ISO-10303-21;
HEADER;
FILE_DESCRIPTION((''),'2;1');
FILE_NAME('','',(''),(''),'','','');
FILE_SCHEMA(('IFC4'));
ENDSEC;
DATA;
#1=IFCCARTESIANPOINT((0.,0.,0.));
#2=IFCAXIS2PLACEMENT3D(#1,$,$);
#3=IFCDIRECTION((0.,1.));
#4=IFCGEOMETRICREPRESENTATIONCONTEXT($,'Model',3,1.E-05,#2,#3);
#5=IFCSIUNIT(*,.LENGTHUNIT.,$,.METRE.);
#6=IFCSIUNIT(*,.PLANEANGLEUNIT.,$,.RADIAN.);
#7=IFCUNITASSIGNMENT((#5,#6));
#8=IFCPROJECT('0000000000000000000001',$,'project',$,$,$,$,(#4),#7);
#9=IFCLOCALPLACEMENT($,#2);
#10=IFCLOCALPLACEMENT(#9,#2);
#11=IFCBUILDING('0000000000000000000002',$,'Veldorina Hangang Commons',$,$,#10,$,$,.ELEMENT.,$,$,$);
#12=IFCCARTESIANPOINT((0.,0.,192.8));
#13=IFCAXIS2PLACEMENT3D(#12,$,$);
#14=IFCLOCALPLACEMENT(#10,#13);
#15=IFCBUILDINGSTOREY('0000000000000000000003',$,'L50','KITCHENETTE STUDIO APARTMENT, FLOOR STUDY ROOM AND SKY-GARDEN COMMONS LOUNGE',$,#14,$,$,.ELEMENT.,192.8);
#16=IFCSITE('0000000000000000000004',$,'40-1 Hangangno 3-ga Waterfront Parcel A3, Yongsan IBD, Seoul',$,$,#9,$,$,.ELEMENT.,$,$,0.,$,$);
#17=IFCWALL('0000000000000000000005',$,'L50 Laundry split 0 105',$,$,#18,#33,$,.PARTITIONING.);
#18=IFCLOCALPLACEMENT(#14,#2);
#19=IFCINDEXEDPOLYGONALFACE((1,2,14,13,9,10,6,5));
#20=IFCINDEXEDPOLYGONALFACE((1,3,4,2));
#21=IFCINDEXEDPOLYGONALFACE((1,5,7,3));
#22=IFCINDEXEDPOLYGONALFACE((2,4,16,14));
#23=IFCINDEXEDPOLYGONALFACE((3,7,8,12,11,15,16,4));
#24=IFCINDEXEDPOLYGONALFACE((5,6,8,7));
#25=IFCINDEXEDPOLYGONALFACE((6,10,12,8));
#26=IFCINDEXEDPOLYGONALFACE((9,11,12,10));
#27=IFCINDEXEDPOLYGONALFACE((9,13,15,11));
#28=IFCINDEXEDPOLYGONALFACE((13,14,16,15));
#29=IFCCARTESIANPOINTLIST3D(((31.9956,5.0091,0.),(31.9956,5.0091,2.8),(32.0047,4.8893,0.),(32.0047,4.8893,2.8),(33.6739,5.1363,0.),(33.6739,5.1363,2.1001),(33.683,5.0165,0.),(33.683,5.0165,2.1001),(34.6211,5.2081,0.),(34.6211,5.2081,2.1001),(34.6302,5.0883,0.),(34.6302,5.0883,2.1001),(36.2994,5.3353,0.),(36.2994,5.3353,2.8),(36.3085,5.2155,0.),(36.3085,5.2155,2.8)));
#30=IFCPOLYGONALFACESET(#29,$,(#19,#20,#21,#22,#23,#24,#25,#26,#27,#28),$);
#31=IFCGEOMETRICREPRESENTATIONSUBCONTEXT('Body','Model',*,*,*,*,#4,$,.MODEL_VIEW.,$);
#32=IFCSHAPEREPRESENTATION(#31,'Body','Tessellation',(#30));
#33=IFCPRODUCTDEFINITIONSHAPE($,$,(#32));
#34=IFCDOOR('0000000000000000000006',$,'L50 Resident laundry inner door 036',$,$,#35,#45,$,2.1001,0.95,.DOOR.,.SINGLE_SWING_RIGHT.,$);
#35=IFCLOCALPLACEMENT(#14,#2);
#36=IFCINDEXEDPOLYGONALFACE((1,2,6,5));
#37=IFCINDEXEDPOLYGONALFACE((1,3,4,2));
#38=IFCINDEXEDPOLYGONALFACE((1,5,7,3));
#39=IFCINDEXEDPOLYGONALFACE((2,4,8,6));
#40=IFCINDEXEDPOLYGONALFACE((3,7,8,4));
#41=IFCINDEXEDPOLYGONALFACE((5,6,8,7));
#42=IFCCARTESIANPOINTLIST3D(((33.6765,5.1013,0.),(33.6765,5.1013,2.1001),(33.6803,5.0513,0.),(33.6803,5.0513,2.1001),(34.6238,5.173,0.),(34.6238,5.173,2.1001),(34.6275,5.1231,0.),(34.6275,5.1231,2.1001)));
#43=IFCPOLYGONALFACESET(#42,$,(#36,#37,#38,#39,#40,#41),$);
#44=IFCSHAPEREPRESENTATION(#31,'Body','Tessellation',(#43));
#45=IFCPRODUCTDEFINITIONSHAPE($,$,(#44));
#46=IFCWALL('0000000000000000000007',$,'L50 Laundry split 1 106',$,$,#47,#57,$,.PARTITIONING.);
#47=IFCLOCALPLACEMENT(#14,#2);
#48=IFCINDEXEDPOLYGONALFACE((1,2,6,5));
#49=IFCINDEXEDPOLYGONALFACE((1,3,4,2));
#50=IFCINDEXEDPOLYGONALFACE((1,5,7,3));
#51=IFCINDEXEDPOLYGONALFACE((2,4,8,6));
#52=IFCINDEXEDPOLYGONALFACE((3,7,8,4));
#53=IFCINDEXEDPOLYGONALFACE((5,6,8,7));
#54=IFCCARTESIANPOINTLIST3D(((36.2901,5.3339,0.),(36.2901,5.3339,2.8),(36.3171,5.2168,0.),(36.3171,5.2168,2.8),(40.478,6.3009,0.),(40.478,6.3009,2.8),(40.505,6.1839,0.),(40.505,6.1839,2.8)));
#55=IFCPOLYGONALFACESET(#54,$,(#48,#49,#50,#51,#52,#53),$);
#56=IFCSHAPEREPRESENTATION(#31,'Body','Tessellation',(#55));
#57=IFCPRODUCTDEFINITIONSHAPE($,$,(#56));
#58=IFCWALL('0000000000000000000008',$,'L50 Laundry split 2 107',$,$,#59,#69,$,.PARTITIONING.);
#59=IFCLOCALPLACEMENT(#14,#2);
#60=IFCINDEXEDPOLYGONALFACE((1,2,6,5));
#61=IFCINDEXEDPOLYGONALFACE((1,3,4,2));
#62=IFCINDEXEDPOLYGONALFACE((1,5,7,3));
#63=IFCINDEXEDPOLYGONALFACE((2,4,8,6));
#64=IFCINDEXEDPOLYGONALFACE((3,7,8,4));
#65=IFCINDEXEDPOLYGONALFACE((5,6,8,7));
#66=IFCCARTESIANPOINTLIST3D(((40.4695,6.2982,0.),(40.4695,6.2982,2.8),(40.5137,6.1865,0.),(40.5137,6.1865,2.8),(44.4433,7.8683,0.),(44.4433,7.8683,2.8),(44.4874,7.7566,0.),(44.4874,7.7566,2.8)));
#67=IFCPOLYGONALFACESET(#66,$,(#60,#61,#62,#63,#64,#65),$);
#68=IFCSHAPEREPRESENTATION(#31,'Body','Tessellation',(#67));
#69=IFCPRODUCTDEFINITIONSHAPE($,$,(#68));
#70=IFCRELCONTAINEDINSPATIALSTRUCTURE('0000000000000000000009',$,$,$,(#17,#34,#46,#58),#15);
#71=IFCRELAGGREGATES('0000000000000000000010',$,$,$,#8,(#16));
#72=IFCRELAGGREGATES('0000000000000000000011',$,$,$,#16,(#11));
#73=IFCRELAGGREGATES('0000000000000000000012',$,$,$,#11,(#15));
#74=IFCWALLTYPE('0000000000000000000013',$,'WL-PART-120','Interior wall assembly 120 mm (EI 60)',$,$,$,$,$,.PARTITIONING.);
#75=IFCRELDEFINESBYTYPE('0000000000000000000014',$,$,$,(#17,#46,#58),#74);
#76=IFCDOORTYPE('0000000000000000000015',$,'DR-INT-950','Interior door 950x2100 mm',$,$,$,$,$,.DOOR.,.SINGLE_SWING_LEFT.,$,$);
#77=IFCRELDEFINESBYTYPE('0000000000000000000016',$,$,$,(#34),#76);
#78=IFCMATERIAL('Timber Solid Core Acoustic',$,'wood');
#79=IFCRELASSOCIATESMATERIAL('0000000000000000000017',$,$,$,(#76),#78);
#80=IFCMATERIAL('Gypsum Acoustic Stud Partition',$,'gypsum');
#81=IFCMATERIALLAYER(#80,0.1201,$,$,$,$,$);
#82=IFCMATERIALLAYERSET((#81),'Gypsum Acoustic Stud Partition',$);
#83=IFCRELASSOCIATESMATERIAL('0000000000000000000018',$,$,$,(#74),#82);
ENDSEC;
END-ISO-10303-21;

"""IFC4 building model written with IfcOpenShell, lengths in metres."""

from ifc_helpers import new_model, si_unit, direction, frame, frame_2d, origin, place, context, subcontext, project, spatial, rectangle, extrude, material, layer, layer_set, type_object, element, fill, save


model = new_model("IFC4")

# Units and contexts
model_context = context("Model", 3, precision=1e-05, world=origin(), true_north=direction((0.0, 1.0)))
body_context = subcontext(model_context, "Body", "Model", "MODEL_VIEW")
ifc_project = project(units=[si_unit("LENGTHUNIT", "METRE"), si_unit("PLANEANGLEUNIT", "RADIAN")], contexts=[model_context])

# Site, building, storey
site_placement = place(None, origin())
site = spatial("IfcSite", under=ifc_project, at=site_placement, Name="40-1 Hangangno 3-ga Waterfront Parcel A3, Yongsan IBD, Seoul", CompositionType="ELEMENT", RefElevation=0.0)
building_placement = place(site_placement, origin())
building = spatial("IfcBuilding", under=site, at=building_placement, Name="Veldorina Hangang Commons", CompositionType="ELEMENT")
storey_placement = place(building_placement, frame((0.0, 0.0, 192.8)))
storey = spatial("IfcBuildingStorey", under=building, at=storey_placement, Name="L50", Description="KITCHENETTE STUDIO APARTMENT, FLOOR STUDY ROOM AND SKY-GARDEN COMMONS LOUNGE", CompositionType="ELEMENT", Elevation=192.8)

# Shared definitions
ifc_material_1 = material(Name="Timber Solid Core Acoustic", Category="wood")
door_type_1 = type_object("IfcDoorType", Name="DR-INT-950", Description="Interior door 950x2100 mm", OperationType="SINGLE_SWING_LEFT", PredefinedType="DOOR", material=ifc_material_1)

# Wall, opening, door
ifc_material_2 = material(Name="Gypsum Acoustic Stud Partition", Category="gypsum")
ifc_layer_1 = layer(ifc_material_2, 0.1201)
ifc_layer_set_1 = layer_set([ifc_layer_1], Name="Gypsum Acoustic Stud Partition")
wall_type_1 = type_object("IfcWallType", Name="WL-PART-120", Description="Interior wall assembly 120 mm (EI 60)", PredefinedType="PARTITIONING", material=ifc_layer_set_1)
wall_1_placement = place(storey_placement, frame((32.0, 4.9492, 0.0), z_axis=(0.0, 0.0, 1.0), x_axis=(0.99714, 0.075572, 0.0)))
wall_1 = element("IfcWall", 1, at=wall_1_placement, inside=storey, type_object=wall_type_1, Name="L50 Laundry split 0 105", PredefinedType="PARTITIONING", context=body_context, shape_type="SweptSolid", body=[
    extrude(rectangle(XDim=4.3162, YDim=0.1201, at=frame_2d((2.1582, 0.0))), origin(), (0.0, 0.0, 1.0), 2.8),
])
opening_1_placement = place(wall_1_placement, frame((1.6831, 0.0, 0.0)))
opening_1 = element("IfcOpeningElement", 2, at=opening_1_placement, cuts=wall_1, PredefinedType="OPENING", context=body_context, shape_type="SweptSolid", body=[
    extrude(rectangle(XDim=0.95, YDim=2.1001, at=frame_2d((0.4751, 1.05))), frame((0.0, 0.0701, 0.0), z_axis=(0.0, -1.0, 0.0), x_axis=(1.0, 0.0, 0.0)), (0.0, 0.0, 1.0), 0.1401),
])
door_1_placement = place(opening_1_placement, origin())
door_1 = element("IfcDoor", 3, at=door_1_placement, inside=storey, type_object=door_type_1, Name="L50 Resident laundry inner door 036", OperationType="SINGLE_SWING_RIGHT", OverallHeight=2.1001, OverallWidth=0.95, PredefinedType="DOOR", context=body_context, shape_type="SweptSolid", body=[
    extrude(rectangle(XDim=0.95, YDim=2.1001, at=frame_2d((0.4751, 1.05))), frame((0.0, 0.0249, 0.0), z_axis=(0.0, -1.0, 0.0), x_axis=(1.0, 0.0, 0.0)), (0.0, 0.0, 1.0), 0.05),
])
fill(opening_1, door_1)

# Walls
wall_2_placement = place(storey_placement, frame((36.3037, 5.2754, 0.0), z_axis=(0.0, 0.0, 1.0), x_axis=(0.974362, 0.224988, 0.0)))
element("IfcWall", 4, at=wall_2_placement, inside=storey, type_object=wall_type_1, Name="L50 Laundry split 1 106", PredefinedType="PARTITIONING", context=body_context, shape_type="SweptSolid", body=[
    extrude(rectangle(XDim=4.2981, YDim=0.1201, at=frame_2d((2.1489, 0.0))), origin(), (0.0, 0.0, 1.0), 2.8),
])
wall_3_placement = place(storey_placement, frame((40.4917, 6.2424, 0.0), z_axis=(0.0, 0.0, 1.0), x_axis=(0.930041, 0.367457, 0.0)))
element("IfcWall", 5, at=wall_3_placement, inside=storey, type_object=wall_type_1, Name="L50 Laundry split 2 107", PredefinedType="PARTITIONING", context=body_context, shape_type="SweptSolid", body=[
    extrude(rectangle(XDim=4.2727, YDim=0.1201, at=frame_2d((2.1362, 0.0))), origin(), (0.0, 0.0, 1.0), 2.8),
])

save(model, "model.ifc")
